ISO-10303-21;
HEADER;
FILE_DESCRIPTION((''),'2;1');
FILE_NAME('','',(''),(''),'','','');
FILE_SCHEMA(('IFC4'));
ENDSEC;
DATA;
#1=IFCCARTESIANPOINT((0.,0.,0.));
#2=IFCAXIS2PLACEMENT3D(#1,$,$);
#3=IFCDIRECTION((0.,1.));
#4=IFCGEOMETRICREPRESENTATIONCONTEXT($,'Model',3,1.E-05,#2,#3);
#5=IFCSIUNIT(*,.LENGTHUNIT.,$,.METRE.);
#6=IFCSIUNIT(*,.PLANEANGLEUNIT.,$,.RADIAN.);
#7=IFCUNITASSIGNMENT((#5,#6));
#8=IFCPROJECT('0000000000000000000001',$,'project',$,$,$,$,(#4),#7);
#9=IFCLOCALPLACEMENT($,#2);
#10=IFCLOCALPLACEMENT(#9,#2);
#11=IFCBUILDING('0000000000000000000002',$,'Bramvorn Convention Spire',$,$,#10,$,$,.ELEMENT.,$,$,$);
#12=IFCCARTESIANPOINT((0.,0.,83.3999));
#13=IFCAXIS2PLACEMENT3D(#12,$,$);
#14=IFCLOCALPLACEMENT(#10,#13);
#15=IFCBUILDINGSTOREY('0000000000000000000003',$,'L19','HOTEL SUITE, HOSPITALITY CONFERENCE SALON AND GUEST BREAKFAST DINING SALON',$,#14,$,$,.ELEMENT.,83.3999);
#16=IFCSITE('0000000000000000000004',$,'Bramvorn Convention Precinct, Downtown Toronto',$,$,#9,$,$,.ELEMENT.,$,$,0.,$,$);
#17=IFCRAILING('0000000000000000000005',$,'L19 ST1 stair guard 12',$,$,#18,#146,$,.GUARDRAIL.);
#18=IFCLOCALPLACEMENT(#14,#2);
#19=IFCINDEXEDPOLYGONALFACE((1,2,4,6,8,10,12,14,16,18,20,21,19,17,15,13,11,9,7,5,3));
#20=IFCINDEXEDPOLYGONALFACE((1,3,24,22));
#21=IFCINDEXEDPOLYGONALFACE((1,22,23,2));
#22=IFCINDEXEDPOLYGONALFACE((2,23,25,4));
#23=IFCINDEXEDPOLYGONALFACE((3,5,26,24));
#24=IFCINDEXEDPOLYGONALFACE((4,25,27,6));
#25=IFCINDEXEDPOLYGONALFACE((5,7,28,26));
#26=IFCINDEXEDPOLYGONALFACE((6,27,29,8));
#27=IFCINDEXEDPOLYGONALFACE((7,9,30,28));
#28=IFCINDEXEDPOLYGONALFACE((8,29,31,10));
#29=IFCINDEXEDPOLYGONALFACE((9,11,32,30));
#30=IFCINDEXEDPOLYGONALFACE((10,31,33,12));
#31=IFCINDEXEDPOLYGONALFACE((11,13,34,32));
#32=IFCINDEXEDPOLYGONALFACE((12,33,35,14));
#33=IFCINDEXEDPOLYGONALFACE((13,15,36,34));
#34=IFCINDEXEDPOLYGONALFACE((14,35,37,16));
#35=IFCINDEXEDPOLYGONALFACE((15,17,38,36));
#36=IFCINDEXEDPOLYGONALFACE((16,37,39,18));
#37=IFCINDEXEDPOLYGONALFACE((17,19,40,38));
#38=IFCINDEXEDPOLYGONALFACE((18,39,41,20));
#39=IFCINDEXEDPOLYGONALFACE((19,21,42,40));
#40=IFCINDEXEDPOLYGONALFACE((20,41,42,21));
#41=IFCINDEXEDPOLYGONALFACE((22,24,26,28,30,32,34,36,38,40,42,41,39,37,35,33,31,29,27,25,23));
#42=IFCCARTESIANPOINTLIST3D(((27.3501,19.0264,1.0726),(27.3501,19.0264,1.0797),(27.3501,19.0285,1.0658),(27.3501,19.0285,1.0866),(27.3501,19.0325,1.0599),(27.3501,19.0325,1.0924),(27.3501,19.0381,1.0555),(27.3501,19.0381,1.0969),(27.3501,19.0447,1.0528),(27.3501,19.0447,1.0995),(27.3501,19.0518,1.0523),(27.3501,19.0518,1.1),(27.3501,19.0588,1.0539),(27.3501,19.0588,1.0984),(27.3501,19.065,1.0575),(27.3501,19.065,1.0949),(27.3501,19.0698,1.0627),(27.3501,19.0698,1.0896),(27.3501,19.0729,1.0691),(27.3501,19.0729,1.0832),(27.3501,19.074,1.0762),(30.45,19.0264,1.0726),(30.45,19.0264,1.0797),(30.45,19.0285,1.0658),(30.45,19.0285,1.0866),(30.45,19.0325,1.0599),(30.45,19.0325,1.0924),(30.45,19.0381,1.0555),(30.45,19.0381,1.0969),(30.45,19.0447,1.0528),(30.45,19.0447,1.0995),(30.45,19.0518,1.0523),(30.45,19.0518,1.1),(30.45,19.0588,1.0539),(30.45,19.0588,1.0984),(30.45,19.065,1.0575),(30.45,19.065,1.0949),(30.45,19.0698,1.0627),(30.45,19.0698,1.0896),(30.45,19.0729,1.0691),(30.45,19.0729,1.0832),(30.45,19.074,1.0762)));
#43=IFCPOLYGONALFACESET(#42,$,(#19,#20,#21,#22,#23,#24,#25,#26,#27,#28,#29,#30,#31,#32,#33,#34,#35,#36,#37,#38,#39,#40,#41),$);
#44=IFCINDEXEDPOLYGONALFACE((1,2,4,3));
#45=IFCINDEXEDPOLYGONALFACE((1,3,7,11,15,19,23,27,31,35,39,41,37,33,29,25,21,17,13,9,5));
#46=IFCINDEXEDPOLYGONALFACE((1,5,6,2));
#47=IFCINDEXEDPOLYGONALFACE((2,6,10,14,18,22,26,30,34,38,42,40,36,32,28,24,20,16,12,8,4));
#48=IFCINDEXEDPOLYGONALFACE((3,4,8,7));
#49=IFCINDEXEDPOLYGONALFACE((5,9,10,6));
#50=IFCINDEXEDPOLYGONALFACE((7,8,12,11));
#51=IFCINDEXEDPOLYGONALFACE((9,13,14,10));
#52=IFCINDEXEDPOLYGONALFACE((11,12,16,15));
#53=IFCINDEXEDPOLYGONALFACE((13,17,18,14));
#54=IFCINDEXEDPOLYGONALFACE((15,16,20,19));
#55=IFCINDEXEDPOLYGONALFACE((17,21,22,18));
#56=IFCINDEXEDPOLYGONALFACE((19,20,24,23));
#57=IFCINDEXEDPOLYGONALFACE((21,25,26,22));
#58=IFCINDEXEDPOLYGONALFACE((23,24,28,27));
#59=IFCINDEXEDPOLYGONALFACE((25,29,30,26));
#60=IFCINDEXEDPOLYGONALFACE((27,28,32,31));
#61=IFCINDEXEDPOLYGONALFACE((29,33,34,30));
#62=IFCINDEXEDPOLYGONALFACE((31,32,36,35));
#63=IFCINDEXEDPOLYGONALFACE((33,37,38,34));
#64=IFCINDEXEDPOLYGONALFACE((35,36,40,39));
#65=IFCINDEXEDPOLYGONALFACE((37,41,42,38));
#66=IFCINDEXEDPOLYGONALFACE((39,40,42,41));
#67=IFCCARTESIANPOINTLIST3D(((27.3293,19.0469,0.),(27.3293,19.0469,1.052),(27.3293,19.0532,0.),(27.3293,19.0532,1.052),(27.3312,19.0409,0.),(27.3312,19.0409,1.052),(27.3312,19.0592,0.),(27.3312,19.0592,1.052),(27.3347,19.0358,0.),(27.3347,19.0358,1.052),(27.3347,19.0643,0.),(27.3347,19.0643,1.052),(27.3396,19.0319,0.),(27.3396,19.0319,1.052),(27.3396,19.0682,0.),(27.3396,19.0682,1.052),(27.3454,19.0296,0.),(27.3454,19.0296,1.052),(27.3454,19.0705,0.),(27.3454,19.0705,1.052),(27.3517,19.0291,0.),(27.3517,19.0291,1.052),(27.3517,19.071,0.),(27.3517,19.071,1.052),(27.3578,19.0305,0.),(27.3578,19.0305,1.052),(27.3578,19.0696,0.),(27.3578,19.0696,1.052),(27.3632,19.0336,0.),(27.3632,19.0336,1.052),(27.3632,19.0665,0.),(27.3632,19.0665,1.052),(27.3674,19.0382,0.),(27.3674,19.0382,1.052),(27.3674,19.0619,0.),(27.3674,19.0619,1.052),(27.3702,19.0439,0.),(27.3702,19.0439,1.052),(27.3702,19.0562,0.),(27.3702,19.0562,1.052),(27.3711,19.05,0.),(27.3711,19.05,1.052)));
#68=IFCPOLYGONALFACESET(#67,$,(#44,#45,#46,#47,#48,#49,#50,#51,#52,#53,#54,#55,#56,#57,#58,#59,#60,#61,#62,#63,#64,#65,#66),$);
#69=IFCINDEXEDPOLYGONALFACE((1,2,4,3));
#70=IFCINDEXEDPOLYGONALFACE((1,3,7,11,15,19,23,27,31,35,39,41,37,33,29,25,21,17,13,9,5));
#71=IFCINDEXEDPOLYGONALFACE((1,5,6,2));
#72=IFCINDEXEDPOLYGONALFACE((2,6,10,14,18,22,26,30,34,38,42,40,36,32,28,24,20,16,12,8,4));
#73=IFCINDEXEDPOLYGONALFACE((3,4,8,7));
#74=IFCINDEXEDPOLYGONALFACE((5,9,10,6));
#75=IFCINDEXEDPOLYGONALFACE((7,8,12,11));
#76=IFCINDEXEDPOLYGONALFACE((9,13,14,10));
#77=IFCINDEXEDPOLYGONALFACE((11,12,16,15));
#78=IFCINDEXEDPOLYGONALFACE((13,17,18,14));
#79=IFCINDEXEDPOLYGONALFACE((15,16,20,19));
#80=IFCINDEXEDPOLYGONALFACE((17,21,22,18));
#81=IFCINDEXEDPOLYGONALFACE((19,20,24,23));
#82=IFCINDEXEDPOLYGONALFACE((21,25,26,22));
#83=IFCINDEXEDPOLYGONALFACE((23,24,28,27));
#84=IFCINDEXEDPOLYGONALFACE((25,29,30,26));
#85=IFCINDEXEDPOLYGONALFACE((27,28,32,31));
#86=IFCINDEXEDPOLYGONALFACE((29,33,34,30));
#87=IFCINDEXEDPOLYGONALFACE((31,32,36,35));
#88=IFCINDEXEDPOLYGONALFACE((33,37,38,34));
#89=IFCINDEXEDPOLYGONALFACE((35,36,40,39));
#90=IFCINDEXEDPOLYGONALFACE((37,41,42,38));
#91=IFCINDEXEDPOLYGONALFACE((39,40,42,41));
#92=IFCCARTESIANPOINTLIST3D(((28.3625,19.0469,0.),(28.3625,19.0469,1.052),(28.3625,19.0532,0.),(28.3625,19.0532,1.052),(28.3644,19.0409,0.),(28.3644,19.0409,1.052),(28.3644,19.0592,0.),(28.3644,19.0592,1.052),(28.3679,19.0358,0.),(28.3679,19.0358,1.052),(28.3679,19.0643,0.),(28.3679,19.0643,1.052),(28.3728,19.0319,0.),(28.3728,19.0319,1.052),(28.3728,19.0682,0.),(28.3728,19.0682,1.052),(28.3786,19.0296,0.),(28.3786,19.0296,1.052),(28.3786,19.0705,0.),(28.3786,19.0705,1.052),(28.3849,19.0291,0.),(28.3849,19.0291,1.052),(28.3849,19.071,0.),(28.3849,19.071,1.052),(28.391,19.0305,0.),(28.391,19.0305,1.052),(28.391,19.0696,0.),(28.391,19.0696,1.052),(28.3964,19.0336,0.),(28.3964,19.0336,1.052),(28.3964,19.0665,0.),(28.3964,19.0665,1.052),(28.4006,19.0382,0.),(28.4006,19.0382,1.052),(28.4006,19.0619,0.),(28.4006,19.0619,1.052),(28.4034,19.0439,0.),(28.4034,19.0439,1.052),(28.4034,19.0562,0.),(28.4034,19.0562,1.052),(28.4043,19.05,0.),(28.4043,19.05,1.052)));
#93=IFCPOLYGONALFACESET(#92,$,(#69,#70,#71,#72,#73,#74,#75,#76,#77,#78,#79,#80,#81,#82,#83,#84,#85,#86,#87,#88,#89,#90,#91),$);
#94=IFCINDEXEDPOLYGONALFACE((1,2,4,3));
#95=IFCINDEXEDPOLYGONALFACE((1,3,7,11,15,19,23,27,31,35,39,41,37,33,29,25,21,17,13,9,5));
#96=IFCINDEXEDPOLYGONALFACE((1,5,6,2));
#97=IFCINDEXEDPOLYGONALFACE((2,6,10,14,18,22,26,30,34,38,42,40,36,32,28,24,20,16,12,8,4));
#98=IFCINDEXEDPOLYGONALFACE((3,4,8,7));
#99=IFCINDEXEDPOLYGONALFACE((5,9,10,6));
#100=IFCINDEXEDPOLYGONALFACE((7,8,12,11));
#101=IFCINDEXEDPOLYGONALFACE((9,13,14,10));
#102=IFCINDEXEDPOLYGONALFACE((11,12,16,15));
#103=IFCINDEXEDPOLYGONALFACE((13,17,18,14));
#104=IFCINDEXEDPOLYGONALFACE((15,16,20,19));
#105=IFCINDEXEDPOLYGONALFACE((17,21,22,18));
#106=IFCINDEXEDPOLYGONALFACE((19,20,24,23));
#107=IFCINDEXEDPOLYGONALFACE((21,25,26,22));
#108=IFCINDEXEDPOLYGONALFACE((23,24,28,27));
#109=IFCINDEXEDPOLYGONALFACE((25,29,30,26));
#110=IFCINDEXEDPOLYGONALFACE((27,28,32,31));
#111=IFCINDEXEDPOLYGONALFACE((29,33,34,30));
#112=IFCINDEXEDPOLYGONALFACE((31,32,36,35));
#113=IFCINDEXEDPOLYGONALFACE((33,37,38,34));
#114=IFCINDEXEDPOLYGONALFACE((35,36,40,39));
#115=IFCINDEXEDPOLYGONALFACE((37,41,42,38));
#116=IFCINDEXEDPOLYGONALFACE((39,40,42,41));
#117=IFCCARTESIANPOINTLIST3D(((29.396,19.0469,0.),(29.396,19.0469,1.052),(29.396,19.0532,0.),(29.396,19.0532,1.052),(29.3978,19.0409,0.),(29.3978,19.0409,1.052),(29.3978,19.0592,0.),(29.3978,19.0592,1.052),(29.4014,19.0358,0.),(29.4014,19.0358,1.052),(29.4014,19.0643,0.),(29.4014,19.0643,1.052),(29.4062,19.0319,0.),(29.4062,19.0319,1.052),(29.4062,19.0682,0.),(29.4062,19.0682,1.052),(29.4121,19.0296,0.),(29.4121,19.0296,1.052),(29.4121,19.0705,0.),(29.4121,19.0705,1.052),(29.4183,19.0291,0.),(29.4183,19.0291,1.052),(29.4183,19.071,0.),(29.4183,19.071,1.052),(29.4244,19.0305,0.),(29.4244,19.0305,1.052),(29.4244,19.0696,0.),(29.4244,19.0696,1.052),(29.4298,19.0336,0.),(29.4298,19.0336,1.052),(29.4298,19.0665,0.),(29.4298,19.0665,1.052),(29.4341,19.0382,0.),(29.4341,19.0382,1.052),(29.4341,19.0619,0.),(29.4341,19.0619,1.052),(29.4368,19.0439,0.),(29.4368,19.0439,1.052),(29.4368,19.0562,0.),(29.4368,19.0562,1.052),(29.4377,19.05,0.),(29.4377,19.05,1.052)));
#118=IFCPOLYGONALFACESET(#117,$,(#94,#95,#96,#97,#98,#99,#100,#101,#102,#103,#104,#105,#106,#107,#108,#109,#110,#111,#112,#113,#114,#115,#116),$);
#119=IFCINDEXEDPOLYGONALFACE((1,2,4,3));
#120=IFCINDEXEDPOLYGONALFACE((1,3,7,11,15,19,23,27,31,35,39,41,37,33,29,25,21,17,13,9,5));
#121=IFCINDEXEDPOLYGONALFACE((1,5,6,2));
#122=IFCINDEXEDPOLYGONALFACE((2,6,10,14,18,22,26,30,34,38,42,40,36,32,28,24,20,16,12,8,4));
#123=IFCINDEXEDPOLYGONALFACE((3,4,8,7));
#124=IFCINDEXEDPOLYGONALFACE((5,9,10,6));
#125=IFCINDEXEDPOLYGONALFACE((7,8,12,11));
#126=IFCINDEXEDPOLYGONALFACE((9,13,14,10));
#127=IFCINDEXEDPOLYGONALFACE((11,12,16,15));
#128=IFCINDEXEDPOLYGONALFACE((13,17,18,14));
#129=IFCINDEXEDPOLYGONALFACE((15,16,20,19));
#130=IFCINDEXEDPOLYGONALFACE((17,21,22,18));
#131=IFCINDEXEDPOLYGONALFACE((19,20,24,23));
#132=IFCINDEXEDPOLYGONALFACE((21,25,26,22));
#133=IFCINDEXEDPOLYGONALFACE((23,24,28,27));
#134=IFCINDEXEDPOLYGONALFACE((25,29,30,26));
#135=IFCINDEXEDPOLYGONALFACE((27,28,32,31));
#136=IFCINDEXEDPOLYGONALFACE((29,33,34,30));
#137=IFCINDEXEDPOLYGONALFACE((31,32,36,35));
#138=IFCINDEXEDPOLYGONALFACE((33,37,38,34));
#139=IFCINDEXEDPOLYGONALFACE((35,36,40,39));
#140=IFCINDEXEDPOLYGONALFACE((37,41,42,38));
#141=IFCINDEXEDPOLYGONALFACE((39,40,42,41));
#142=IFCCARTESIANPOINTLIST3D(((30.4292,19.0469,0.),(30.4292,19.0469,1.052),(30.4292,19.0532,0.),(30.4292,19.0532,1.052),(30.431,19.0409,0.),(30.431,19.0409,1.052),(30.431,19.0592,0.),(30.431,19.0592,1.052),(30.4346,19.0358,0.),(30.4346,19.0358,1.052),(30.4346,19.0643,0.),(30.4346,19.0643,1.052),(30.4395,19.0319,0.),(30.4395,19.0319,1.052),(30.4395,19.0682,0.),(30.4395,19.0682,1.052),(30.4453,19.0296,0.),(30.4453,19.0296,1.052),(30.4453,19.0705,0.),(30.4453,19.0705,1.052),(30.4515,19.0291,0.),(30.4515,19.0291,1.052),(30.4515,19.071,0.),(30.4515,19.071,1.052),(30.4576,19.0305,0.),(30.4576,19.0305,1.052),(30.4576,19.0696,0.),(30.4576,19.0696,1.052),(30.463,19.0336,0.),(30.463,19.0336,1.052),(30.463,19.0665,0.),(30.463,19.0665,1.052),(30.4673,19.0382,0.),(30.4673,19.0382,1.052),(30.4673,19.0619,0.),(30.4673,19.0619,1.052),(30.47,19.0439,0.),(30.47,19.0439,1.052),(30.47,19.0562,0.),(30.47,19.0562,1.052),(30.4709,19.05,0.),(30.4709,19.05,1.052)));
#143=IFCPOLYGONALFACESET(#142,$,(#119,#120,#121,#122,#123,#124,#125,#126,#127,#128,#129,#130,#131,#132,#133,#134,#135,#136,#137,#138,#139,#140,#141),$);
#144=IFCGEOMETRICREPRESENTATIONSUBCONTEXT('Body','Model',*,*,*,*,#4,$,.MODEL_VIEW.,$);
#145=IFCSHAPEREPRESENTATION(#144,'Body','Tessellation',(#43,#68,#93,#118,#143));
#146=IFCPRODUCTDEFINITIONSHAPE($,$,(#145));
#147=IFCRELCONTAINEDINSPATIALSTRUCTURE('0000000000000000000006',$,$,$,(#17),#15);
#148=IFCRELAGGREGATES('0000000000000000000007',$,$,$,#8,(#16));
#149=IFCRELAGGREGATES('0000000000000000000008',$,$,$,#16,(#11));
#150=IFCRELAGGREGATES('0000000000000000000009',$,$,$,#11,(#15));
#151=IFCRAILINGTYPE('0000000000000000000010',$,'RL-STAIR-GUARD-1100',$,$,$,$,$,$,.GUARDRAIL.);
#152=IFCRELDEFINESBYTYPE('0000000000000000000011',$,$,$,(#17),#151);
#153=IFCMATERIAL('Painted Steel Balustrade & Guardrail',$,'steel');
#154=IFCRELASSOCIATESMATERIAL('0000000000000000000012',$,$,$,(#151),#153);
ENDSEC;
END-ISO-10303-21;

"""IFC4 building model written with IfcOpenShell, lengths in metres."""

from ifc_helpers import new_model, si_unit, direction, frame, origin, origin_2d, place, context, subcontext, project, spatial, circle, extrude, material, type_object, element, save


model = new_model("IFC4")

# Units and contexts
model_context = context("Model", 3, precision=1e-05, world=origin(), true_north=direction((0.0, 1.0)))
body_context = subcontext(model_context, "Body", "Model", "MODEL_VIEW")
ifc_project = project(units=[si_unit("LENGTHUNIT", "METRE"), si_unit("PLANEANGLEUNIT", "RADIAN")], contexts=[model_context])

# Site, building, storey
site_placement = place(None, origin())
site = spatial("IfcSite", under=ifc_project, at=site_placement, Name="Bramvorn Convention Precinct, Downtown Toronto", CompositionType="ELEMENT", RefElevation=0.0)
building_placement = place(site_placement, origin())
building = spatial("IfcBuilding", under=site, at=building_placement, Name="Bramvorn Convention Spire", CompositionType="ELEMENT")
storey_placement = place(building_placement, frame((0.0, 0.0, 83.3999)))
storey = spatial("IfcBuildingStorey", under=building, at=storey_placement, Name="L19", Description="HOTEL SUITE, HOSPITALITY CONFERENCE SALON AND GUEST BREAKFAST DINING SALON", CompositionType="ELEMENT", Elevation=83.3999)

# Railing
ifc_material_1 = material(Name="Painted Steel Balustrade & Guardrail", Category="steel")
railing_type = type_object("IfcRailingType", Name="RL-STAIR-GUARD-1100", PredefinedType="GUARDRAIL", material=ifc_material_1)
railing_1_placement = place(storey_placement, frame((27.3501, 19.05, 0.0)))
element("IfcRailing", 1, at=railing_1_placement, inside=storey, type_object=railing_type, Name="L19 ST1 stair guard 12", PredefinedType="GUARDRAIL", context=body_context, shape_type="SweptSolid", body=[
    extrude(circle(Radius=0.0239, at=origin_2d()), frame((0.0, 0.0, 1.0762), z_axis=(1.0, 0.0, 0.0), x_axis=(0.0, 1.0, 0.0)), (0.0, 0.0, 1.0), 3.0999),
    extrude(circle(Radius=0.021, at=origin_2d()), origin(), (0.0, 0.0, 1.0), 1.052),
    extrude(circle(Radius=0.021, at=origin_2d()), frame((1.0332, 0.0, 0.0)), (0.0, 0.0, 1.0), 1.052),
    extrude(circle(Radius=0.021, at=origin_2d()), frame((2.0667, 0.0, 0.0)), (0.0, 0.0, 1.0), 1.052),
    extrude(circle(Radius=0.021, at=origin_2d()), frame((3.0999, 0.0, 0.0)), (0.0, 0.0, 1.0), 1.052),
])

save(model, "model.ifc")
